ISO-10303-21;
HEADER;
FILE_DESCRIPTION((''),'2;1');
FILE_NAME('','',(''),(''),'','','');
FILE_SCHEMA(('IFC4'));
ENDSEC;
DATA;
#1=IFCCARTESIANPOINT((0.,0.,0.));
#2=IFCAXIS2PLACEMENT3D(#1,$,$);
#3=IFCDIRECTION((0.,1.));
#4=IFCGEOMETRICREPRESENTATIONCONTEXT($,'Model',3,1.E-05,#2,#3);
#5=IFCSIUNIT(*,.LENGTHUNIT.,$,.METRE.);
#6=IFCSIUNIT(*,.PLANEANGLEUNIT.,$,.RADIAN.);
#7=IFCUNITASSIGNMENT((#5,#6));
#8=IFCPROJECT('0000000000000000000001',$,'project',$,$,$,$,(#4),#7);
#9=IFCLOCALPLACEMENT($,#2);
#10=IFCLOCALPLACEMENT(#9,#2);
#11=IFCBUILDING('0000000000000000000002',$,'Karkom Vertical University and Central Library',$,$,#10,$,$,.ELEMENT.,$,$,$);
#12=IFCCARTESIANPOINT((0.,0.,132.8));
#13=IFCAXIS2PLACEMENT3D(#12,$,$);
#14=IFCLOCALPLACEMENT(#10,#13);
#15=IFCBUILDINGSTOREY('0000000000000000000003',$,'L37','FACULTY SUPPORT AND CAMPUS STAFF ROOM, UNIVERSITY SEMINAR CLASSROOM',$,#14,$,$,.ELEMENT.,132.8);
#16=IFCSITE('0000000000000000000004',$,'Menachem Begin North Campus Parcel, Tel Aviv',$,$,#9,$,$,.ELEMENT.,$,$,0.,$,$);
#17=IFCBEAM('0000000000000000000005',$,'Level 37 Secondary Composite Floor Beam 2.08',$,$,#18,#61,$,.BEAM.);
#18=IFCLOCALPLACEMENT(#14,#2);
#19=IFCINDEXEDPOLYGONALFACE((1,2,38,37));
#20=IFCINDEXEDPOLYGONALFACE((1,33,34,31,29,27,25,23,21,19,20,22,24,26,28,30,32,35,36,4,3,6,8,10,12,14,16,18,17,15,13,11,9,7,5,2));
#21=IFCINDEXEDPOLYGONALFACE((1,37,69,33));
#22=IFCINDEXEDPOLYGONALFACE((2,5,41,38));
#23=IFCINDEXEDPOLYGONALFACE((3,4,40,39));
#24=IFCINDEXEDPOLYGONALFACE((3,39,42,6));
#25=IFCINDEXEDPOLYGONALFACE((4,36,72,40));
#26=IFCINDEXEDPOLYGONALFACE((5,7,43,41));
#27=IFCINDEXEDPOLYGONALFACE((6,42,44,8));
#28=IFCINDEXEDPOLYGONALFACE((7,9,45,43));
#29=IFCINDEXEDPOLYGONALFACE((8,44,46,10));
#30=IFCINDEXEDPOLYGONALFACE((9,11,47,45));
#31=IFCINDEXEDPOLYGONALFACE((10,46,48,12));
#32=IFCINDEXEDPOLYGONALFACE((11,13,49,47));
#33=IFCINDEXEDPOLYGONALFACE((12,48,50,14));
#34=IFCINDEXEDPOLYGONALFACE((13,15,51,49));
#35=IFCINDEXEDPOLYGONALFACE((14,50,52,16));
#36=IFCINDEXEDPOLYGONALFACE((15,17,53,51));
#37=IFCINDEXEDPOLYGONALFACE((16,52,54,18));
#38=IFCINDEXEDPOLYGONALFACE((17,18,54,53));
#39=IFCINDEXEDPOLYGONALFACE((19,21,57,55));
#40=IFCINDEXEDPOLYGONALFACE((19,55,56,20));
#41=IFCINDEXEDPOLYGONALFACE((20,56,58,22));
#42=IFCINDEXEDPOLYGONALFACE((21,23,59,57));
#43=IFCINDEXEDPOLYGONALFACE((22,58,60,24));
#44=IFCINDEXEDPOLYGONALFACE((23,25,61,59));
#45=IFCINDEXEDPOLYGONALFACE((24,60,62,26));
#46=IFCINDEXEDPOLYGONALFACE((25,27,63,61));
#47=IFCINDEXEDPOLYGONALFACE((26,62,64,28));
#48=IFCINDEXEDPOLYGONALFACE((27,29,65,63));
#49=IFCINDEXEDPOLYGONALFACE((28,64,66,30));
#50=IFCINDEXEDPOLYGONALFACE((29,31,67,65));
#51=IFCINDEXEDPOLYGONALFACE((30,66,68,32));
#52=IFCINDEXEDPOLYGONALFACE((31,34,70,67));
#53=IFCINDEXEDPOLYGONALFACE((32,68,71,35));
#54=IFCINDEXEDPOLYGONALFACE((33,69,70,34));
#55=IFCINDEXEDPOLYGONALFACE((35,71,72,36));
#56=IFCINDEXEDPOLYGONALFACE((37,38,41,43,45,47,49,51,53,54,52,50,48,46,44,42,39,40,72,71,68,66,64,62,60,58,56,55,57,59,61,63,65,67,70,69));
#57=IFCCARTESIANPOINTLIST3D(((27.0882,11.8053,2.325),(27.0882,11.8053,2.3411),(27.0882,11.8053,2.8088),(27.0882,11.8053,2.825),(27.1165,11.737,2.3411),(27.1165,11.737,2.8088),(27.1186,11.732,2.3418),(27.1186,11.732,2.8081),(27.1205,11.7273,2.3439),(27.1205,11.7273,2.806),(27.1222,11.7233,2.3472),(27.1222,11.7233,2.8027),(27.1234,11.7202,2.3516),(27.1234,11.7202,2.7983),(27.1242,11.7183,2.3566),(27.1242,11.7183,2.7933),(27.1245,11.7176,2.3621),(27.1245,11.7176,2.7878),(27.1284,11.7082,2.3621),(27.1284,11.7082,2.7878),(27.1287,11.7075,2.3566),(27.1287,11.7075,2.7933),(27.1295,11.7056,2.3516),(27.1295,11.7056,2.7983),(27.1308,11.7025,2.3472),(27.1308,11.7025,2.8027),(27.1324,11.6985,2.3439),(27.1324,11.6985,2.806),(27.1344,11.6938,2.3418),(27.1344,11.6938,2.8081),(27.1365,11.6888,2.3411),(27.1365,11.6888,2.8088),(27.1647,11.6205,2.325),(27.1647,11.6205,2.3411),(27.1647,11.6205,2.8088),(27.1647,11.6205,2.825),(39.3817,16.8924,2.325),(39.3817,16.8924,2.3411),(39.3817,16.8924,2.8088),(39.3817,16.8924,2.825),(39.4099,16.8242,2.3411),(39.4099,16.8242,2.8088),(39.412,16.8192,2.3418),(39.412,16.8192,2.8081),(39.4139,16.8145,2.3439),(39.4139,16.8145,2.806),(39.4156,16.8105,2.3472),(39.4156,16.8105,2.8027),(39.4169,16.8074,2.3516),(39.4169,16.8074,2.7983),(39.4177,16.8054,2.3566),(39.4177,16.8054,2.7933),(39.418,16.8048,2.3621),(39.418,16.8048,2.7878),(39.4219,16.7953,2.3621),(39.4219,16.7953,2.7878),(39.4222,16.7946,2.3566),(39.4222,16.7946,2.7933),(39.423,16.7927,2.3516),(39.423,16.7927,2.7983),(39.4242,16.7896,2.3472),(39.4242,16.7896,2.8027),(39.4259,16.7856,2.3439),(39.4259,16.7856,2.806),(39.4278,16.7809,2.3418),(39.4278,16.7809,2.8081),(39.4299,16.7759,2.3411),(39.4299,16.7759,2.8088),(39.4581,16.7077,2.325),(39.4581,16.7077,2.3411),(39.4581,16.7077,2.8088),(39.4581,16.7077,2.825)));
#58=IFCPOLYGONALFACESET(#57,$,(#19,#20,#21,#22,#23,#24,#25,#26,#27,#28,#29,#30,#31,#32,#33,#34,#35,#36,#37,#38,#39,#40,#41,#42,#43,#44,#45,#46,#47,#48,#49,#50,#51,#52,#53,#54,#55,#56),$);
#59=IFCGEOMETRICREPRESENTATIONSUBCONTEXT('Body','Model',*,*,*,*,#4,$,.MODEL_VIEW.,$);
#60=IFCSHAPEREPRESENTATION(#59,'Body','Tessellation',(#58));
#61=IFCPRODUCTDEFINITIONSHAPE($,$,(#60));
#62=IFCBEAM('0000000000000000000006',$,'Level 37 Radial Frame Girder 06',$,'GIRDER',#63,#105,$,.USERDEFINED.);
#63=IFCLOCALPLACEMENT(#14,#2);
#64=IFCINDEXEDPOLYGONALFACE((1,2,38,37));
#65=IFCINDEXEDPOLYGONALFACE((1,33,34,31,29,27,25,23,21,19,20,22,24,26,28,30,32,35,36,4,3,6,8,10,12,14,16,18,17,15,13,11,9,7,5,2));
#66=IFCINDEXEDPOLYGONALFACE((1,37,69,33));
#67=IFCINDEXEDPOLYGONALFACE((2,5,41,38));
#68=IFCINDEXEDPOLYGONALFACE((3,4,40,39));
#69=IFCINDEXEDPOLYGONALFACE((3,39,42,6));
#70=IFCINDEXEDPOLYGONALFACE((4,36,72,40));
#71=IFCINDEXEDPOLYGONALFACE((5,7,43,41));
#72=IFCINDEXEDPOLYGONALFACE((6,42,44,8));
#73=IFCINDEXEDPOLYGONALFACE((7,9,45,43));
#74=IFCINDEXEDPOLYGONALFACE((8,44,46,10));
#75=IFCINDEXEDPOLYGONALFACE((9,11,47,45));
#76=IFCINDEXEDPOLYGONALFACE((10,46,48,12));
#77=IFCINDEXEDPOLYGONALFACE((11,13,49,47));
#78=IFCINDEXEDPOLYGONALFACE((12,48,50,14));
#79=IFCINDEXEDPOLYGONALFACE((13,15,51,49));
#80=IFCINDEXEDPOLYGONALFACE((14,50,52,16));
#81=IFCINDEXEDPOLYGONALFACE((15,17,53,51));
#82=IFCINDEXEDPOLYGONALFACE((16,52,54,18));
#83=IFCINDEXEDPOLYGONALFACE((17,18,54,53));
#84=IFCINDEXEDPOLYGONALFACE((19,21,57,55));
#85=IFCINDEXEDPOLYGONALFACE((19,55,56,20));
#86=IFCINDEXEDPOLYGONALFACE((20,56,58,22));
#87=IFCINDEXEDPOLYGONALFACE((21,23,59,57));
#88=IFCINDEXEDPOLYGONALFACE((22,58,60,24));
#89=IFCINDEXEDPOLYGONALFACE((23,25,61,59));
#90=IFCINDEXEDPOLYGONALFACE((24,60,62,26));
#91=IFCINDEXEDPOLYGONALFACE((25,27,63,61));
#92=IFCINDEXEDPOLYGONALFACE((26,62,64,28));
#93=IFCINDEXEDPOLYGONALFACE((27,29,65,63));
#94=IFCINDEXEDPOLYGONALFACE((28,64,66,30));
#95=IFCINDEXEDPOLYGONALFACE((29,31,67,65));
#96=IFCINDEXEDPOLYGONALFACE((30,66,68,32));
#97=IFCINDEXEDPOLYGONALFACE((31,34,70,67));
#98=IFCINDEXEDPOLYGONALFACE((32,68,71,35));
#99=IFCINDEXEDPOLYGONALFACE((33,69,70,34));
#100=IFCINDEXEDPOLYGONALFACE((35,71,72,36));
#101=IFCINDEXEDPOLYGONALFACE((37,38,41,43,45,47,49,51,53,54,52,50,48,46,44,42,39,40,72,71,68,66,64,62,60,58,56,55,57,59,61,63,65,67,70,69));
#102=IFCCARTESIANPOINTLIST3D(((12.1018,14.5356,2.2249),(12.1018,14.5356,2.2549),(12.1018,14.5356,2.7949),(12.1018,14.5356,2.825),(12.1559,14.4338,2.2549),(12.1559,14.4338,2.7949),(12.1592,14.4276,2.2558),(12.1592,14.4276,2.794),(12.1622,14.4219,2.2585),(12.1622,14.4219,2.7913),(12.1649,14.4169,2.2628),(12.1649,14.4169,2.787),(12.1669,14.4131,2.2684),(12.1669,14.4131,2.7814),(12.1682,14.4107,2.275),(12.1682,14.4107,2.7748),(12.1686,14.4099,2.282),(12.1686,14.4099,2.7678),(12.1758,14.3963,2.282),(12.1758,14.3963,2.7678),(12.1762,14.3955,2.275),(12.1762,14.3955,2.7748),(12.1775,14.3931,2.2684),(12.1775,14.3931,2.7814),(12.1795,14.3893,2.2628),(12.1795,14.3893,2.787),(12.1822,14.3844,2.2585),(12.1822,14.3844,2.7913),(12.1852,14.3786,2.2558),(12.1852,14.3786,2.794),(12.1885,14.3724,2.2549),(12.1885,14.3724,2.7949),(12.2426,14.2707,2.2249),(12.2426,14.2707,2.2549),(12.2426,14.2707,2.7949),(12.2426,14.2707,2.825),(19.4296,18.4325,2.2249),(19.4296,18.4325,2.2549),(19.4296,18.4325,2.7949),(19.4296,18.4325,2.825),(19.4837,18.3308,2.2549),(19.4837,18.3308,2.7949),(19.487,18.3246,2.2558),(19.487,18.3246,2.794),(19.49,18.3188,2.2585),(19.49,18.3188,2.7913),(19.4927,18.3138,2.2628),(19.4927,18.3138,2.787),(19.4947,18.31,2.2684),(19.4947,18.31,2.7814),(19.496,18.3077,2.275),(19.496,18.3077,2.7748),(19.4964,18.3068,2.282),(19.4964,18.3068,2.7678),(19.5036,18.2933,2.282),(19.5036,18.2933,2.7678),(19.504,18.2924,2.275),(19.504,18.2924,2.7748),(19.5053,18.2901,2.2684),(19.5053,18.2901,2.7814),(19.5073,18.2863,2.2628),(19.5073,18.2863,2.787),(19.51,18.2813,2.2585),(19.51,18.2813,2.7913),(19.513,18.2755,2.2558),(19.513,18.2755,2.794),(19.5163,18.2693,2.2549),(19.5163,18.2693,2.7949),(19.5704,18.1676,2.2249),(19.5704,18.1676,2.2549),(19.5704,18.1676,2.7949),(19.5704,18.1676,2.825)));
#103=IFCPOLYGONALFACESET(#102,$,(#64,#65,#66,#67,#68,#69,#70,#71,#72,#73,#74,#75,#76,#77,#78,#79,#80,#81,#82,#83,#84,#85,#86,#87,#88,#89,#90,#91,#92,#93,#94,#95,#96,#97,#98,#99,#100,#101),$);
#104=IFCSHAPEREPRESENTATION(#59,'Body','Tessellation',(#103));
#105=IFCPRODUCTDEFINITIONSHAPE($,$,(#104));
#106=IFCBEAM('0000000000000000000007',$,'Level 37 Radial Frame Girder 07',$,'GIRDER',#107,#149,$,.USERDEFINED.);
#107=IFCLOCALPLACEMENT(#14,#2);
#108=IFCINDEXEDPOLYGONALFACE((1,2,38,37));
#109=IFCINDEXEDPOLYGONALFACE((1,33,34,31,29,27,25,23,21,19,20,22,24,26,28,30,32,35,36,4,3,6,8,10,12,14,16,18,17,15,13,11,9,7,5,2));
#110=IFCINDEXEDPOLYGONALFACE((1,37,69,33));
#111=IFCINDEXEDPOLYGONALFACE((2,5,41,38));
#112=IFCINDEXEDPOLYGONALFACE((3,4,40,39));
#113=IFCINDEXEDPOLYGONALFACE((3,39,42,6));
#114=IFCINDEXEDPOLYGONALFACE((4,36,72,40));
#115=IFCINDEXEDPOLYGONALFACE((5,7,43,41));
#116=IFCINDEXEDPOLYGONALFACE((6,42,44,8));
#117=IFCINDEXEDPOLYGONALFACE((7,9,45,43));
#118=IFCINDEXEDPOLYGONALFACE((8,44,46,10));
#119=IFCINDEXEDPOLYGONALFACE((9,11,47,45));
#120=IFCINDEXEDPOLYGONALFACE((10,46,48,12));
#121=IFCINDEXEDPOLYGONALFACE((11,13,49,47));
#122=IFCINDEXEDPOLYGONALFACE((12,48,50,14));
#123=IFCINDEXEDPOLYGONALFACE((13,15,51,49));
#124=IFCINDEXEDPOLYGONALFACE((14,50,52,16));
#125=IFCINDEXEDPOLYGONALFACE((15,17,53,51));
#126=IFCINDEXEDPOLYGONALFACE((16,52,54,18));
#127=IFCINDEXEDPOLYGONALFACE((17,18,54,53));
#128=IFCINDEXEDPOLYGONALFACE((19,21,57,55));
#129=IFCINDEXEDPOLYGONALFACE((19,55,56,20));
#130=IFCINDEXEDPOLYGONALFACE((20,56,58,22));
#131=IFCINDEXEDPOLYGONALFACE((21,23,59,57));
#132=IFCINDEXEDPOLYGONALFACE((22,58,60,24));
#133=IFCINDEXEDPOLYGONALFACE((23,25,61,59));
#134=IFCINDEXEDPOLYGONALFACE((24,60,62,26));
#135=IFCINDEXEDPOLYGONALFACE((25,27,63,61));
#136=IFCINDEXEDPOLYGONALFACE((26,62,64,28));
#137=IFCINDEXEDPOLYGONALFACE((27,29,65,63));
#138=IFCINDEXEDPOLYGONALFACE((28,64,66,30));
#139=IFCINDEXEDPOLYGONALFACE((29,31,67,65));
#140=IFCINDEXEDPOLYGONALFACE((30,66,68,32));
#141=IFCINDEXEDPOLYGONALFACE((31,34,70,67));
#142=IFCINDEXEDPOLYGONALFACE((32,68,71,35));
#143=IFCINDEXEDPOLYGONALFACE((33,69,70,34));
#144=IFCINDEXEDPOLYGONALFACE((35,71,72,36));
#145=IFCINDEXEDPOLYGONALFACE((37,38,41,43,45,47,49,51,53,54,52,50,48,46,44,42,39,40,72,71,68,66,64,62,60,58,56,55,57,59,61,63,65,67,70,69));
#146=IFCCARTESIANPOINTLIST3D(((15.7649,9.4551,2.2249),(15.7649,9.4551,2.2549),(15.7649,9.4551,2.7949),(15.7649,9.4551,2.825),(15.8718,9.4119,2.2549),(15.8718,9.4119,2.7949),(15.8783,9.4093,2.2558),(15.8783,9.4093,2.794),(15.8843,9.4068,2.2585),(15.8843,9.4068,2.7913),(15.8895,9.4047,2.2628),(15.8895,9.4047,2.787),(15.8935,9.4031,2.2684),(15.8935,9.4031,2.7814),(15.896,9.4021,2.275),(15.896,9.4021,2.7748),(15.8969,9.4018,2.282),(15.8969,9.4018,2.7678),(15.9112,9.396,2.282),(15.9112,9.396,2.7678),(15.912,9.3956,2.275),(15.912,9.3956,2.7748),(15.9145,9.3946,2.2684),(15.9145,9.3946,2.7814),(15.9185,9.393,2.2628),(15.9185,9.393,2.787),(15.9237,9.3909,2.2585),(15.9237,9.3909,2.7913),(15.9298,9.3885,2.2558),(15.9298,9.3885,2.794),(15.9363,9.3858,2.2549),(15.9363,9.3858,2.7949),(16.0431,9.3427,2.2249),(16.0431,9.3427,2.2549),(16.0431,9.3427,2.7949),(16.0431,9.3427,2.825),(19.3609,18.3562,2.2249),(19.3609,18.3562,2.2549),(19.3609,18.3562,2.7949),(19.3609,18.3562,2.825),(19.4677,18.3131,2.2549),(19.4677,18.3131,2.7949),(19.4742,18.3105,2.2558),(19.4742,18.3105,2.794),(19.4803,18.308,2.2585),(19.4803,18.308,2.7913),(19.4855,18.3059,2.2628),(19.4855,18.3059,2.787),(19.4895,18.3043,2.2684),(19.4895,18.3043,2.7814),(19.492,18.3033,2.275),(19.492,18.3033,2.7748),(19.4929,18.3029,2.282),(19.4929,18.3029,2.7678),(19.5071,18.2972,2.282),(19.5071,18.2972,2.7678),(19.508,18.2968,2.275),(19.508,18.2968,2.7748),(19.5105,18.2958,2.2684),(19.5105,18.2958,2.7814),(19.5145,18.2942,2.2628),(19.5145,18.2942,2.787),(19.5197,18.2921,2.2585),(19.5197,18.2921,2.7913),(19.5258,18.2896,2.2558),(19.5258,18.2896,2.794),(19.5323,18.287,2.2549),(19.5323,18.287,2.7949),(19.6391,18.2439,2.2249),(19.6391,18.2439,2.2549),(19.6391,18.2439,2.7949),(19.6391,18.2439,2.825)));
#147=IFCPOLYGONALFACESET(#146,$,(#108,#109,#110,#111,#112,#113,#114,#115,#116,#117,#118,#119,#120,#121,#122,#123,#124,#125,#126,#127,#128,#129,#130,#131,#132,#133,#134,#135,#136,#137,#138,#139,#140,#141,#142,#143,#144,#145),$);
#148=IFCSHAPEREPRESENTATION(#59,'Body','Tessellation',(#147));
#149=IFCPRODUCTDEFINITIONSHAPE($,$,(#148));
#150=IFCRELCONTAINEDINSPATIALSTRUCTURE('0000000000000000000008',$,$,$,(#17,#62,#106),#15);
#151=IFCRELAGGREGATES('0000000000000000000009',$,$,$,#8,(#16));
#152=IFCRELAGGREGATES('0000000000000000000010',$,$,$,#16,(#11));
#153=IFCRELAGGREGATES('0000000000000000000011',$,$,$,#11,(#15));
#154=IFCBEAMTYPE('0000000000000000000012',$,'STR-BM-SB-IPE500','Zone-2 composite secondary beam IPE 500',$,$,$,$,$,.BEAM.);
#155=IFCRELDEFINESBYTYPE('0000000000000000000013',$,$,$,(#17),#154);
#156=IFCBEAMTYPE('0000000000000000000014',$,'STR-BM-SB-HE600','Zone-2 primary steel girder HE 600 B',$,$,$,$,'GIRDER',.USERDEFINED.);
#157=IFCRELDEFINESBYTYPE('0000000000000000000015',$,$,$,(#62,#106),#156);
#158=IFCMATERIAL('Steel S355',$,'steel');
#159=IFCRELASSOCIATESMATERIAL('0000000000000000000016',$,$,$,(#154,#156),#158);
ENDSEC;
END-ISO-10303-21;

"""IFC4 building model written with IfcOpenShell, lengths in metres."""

from ifc_helpers import new_model, si_unit, direction, frame, origin, origin_with_axes, origin_2d, place, context, subcontext, project, spatial, i_section, extrude, source, transform, mapped, material, material_profile, profile_set, type_object, element, save


model = new_model("IFC4")

# Units and contexts
model_context = context("Model", 3, precision=1e-05, world=origin(), true_north=direction((0.0, 1.0)))
body_context = subcontext(model_context, "Body", "Model", "MODEL_VIEW")
ifc_project = project(units=[si_unit("LENGTHUNIT", "METRE"), si_unit("PLANEANGLEUNIT", "RADIAN")], contexts=[model_context])

# Site, building, storey
site_placement = place(None, origin())
site = spatial("IfcSite", under=ifc_project, at=site_placement, Name="Menachem Begin North Campus Parcel, Tel Aviv", CompositionType="ELEMENT", RefElevation=0.0)
building_placement = place(site_placement, origin())
building = spatial("IfcBuilding", under=site, at=building_placement, Name="Karkom Vertical University and Central Library", CompositionType="ELEMENT")
storey_placement = place(building_placement, frame((0.0, 0.0, 132.8)))
storey = spatial("IfcBuildingStorey", under=building, at=storey_placement, Name="L37", Description="FACULTY SUPPORT AND CAMPUS STAFF ROOM, UNIVERSITY SEMINAR CLASSROOM", CompositionType="ELEMENT", Elevation=132.8)

# Beams
ifc_material_1 = material(Name="Steel S355", Category="steel")
ifc_material_profile_1 = material_profile(ifc_material_1, i_section(OverallWidth=0.2, OverallDepth=0.5, WebThickness=0.0103, FlangeThickness=0.0161, FilletRadius=0.021, at=origin_2d()), Name="IPE 500")
ifc_profile_set_1 = profile_set([ifc_material_profile_1], Name="Steel S355")
beam_type_1 = type_object("IfcBeamType", Name="STR-BM-SB-IPE500", Description="Zone-2 composite secondary beam IPE 500", PredefinedType="BEAM", material=ifc_profile_set_1)
shared_shape_1 = source(origin_with_axes(), body_context, "Body", "SweptSolid", [
    extrude(i_section(OverallWidth=0.2, OverallDepth=0.5, WebThickness=0.0103, FlangeThickness=0.0161, FilletRadius=0.021, at=origin_2d()), origin(), (0.0, 0.0, 1.0), 13.3044),
])
beam_1_placement = place(storey_placement, frame((27.1265, 11.7129, 2.575), z_axis=(0.924011, 0.382365, 0.0), x_axis=(-0.382365, 0.924011, 0.0)))
element("IfcBeam", 1, at=beam_1_placement, inside=storey, type_object=beam_type_1, Name="Level 37 Secondary Composite Floor Beam 2.08", PredefinedType="BEAM", context=body_context, shape_type="MappedRepresentation", body=[
    mapped(shared_shape_1, transform((0.0, 0.0, 0.0), scale=1.0)),
])
ifc_material_profile_2 = material_profile(ifc_material_1, i_section(OverallWidth=0.3, OverallDepth=0.6001, WebThickness=0.0154, FlangeThickness=0.03, FilletRadius=0.0271, at=origin_2d()), Name="HE 600 B")
ifc_profile_set_2 = profile_set([ifc_material_profile_2], Name="Steel S355")
beam_type_2 = type_object("IfcBeamType", Name="STR-BM-SB-HE600", Description="Zone-2 primary steel girder HE 600 B", ElementType="GIRDER", PredefinedType="USERDEFINED", material=ifc_profile_set_2)
shared_shape_2 = source(origin_with_axes(), body_context, "Body", "SweptSolid", [
    extrude(i_section(OverallWidth=0.3, OverallDepth=0.6001, WebThickness=0.0154, FlangeThickness=0.03, FilletRadius=0.0271, at=origin_2d()), origin(), (0.0, 0.0, 1.0), 8.2996),
])
beam_2_placement = place(storey_placement, frame((19.5, 18.3, 2.5249), z_axis=(-0.882914, -0.469534, 0.0), x_axis=(0.469534, -0.882914, 0.0)))
element("IfcBeam", 2, at=beam_2_placement, inside=storey, type_object=beam_type_2, Name="Level 37 Radial Frame Girder 06", ObjectType="GIRDER", PredefinedType="USERDEFINED", context=body_context, shape_type="MappedRepresentation", body=[
    mapped(shared_shape_2, transform((0.0, 0.0, 0.0), scale=1.0)),
])
shared_shape_3 = source(origin_with_axes(), body_context, "Body", "SweptSolid", [
    extrude(i_section(OverallWidth=0.3, OverallDepth=0.6001, WebThickness=0.0154, FlangeThickness=0.03, FilletRadius=0.0271, at=origin_2d()), origin(), (0.0, 0.0, 1.0), 9.6001),
])
beam_3_placement = place(storey_placement, frame((19.5, 18.3, 2.5249), z_axis=(-0.374576, -0.927196, 0.0), x_axis=(0.927196, -0.374576, 0.0)))
element("IfcBeam", 3, at=beam_3_placement, inside=storey, type_object=beam_type_2, Name="Level 37 Radial Frame Girder 07", ObjectType="GIRDER", PredefinedType="USERDEFINED", context=body_context, shape_type="MappedRepresentation", body=[
    mapped(shared_shape_3, transform((0.0, 0.0, 0.0), scale=1.0)),
])

save(model, "model.ifc")
